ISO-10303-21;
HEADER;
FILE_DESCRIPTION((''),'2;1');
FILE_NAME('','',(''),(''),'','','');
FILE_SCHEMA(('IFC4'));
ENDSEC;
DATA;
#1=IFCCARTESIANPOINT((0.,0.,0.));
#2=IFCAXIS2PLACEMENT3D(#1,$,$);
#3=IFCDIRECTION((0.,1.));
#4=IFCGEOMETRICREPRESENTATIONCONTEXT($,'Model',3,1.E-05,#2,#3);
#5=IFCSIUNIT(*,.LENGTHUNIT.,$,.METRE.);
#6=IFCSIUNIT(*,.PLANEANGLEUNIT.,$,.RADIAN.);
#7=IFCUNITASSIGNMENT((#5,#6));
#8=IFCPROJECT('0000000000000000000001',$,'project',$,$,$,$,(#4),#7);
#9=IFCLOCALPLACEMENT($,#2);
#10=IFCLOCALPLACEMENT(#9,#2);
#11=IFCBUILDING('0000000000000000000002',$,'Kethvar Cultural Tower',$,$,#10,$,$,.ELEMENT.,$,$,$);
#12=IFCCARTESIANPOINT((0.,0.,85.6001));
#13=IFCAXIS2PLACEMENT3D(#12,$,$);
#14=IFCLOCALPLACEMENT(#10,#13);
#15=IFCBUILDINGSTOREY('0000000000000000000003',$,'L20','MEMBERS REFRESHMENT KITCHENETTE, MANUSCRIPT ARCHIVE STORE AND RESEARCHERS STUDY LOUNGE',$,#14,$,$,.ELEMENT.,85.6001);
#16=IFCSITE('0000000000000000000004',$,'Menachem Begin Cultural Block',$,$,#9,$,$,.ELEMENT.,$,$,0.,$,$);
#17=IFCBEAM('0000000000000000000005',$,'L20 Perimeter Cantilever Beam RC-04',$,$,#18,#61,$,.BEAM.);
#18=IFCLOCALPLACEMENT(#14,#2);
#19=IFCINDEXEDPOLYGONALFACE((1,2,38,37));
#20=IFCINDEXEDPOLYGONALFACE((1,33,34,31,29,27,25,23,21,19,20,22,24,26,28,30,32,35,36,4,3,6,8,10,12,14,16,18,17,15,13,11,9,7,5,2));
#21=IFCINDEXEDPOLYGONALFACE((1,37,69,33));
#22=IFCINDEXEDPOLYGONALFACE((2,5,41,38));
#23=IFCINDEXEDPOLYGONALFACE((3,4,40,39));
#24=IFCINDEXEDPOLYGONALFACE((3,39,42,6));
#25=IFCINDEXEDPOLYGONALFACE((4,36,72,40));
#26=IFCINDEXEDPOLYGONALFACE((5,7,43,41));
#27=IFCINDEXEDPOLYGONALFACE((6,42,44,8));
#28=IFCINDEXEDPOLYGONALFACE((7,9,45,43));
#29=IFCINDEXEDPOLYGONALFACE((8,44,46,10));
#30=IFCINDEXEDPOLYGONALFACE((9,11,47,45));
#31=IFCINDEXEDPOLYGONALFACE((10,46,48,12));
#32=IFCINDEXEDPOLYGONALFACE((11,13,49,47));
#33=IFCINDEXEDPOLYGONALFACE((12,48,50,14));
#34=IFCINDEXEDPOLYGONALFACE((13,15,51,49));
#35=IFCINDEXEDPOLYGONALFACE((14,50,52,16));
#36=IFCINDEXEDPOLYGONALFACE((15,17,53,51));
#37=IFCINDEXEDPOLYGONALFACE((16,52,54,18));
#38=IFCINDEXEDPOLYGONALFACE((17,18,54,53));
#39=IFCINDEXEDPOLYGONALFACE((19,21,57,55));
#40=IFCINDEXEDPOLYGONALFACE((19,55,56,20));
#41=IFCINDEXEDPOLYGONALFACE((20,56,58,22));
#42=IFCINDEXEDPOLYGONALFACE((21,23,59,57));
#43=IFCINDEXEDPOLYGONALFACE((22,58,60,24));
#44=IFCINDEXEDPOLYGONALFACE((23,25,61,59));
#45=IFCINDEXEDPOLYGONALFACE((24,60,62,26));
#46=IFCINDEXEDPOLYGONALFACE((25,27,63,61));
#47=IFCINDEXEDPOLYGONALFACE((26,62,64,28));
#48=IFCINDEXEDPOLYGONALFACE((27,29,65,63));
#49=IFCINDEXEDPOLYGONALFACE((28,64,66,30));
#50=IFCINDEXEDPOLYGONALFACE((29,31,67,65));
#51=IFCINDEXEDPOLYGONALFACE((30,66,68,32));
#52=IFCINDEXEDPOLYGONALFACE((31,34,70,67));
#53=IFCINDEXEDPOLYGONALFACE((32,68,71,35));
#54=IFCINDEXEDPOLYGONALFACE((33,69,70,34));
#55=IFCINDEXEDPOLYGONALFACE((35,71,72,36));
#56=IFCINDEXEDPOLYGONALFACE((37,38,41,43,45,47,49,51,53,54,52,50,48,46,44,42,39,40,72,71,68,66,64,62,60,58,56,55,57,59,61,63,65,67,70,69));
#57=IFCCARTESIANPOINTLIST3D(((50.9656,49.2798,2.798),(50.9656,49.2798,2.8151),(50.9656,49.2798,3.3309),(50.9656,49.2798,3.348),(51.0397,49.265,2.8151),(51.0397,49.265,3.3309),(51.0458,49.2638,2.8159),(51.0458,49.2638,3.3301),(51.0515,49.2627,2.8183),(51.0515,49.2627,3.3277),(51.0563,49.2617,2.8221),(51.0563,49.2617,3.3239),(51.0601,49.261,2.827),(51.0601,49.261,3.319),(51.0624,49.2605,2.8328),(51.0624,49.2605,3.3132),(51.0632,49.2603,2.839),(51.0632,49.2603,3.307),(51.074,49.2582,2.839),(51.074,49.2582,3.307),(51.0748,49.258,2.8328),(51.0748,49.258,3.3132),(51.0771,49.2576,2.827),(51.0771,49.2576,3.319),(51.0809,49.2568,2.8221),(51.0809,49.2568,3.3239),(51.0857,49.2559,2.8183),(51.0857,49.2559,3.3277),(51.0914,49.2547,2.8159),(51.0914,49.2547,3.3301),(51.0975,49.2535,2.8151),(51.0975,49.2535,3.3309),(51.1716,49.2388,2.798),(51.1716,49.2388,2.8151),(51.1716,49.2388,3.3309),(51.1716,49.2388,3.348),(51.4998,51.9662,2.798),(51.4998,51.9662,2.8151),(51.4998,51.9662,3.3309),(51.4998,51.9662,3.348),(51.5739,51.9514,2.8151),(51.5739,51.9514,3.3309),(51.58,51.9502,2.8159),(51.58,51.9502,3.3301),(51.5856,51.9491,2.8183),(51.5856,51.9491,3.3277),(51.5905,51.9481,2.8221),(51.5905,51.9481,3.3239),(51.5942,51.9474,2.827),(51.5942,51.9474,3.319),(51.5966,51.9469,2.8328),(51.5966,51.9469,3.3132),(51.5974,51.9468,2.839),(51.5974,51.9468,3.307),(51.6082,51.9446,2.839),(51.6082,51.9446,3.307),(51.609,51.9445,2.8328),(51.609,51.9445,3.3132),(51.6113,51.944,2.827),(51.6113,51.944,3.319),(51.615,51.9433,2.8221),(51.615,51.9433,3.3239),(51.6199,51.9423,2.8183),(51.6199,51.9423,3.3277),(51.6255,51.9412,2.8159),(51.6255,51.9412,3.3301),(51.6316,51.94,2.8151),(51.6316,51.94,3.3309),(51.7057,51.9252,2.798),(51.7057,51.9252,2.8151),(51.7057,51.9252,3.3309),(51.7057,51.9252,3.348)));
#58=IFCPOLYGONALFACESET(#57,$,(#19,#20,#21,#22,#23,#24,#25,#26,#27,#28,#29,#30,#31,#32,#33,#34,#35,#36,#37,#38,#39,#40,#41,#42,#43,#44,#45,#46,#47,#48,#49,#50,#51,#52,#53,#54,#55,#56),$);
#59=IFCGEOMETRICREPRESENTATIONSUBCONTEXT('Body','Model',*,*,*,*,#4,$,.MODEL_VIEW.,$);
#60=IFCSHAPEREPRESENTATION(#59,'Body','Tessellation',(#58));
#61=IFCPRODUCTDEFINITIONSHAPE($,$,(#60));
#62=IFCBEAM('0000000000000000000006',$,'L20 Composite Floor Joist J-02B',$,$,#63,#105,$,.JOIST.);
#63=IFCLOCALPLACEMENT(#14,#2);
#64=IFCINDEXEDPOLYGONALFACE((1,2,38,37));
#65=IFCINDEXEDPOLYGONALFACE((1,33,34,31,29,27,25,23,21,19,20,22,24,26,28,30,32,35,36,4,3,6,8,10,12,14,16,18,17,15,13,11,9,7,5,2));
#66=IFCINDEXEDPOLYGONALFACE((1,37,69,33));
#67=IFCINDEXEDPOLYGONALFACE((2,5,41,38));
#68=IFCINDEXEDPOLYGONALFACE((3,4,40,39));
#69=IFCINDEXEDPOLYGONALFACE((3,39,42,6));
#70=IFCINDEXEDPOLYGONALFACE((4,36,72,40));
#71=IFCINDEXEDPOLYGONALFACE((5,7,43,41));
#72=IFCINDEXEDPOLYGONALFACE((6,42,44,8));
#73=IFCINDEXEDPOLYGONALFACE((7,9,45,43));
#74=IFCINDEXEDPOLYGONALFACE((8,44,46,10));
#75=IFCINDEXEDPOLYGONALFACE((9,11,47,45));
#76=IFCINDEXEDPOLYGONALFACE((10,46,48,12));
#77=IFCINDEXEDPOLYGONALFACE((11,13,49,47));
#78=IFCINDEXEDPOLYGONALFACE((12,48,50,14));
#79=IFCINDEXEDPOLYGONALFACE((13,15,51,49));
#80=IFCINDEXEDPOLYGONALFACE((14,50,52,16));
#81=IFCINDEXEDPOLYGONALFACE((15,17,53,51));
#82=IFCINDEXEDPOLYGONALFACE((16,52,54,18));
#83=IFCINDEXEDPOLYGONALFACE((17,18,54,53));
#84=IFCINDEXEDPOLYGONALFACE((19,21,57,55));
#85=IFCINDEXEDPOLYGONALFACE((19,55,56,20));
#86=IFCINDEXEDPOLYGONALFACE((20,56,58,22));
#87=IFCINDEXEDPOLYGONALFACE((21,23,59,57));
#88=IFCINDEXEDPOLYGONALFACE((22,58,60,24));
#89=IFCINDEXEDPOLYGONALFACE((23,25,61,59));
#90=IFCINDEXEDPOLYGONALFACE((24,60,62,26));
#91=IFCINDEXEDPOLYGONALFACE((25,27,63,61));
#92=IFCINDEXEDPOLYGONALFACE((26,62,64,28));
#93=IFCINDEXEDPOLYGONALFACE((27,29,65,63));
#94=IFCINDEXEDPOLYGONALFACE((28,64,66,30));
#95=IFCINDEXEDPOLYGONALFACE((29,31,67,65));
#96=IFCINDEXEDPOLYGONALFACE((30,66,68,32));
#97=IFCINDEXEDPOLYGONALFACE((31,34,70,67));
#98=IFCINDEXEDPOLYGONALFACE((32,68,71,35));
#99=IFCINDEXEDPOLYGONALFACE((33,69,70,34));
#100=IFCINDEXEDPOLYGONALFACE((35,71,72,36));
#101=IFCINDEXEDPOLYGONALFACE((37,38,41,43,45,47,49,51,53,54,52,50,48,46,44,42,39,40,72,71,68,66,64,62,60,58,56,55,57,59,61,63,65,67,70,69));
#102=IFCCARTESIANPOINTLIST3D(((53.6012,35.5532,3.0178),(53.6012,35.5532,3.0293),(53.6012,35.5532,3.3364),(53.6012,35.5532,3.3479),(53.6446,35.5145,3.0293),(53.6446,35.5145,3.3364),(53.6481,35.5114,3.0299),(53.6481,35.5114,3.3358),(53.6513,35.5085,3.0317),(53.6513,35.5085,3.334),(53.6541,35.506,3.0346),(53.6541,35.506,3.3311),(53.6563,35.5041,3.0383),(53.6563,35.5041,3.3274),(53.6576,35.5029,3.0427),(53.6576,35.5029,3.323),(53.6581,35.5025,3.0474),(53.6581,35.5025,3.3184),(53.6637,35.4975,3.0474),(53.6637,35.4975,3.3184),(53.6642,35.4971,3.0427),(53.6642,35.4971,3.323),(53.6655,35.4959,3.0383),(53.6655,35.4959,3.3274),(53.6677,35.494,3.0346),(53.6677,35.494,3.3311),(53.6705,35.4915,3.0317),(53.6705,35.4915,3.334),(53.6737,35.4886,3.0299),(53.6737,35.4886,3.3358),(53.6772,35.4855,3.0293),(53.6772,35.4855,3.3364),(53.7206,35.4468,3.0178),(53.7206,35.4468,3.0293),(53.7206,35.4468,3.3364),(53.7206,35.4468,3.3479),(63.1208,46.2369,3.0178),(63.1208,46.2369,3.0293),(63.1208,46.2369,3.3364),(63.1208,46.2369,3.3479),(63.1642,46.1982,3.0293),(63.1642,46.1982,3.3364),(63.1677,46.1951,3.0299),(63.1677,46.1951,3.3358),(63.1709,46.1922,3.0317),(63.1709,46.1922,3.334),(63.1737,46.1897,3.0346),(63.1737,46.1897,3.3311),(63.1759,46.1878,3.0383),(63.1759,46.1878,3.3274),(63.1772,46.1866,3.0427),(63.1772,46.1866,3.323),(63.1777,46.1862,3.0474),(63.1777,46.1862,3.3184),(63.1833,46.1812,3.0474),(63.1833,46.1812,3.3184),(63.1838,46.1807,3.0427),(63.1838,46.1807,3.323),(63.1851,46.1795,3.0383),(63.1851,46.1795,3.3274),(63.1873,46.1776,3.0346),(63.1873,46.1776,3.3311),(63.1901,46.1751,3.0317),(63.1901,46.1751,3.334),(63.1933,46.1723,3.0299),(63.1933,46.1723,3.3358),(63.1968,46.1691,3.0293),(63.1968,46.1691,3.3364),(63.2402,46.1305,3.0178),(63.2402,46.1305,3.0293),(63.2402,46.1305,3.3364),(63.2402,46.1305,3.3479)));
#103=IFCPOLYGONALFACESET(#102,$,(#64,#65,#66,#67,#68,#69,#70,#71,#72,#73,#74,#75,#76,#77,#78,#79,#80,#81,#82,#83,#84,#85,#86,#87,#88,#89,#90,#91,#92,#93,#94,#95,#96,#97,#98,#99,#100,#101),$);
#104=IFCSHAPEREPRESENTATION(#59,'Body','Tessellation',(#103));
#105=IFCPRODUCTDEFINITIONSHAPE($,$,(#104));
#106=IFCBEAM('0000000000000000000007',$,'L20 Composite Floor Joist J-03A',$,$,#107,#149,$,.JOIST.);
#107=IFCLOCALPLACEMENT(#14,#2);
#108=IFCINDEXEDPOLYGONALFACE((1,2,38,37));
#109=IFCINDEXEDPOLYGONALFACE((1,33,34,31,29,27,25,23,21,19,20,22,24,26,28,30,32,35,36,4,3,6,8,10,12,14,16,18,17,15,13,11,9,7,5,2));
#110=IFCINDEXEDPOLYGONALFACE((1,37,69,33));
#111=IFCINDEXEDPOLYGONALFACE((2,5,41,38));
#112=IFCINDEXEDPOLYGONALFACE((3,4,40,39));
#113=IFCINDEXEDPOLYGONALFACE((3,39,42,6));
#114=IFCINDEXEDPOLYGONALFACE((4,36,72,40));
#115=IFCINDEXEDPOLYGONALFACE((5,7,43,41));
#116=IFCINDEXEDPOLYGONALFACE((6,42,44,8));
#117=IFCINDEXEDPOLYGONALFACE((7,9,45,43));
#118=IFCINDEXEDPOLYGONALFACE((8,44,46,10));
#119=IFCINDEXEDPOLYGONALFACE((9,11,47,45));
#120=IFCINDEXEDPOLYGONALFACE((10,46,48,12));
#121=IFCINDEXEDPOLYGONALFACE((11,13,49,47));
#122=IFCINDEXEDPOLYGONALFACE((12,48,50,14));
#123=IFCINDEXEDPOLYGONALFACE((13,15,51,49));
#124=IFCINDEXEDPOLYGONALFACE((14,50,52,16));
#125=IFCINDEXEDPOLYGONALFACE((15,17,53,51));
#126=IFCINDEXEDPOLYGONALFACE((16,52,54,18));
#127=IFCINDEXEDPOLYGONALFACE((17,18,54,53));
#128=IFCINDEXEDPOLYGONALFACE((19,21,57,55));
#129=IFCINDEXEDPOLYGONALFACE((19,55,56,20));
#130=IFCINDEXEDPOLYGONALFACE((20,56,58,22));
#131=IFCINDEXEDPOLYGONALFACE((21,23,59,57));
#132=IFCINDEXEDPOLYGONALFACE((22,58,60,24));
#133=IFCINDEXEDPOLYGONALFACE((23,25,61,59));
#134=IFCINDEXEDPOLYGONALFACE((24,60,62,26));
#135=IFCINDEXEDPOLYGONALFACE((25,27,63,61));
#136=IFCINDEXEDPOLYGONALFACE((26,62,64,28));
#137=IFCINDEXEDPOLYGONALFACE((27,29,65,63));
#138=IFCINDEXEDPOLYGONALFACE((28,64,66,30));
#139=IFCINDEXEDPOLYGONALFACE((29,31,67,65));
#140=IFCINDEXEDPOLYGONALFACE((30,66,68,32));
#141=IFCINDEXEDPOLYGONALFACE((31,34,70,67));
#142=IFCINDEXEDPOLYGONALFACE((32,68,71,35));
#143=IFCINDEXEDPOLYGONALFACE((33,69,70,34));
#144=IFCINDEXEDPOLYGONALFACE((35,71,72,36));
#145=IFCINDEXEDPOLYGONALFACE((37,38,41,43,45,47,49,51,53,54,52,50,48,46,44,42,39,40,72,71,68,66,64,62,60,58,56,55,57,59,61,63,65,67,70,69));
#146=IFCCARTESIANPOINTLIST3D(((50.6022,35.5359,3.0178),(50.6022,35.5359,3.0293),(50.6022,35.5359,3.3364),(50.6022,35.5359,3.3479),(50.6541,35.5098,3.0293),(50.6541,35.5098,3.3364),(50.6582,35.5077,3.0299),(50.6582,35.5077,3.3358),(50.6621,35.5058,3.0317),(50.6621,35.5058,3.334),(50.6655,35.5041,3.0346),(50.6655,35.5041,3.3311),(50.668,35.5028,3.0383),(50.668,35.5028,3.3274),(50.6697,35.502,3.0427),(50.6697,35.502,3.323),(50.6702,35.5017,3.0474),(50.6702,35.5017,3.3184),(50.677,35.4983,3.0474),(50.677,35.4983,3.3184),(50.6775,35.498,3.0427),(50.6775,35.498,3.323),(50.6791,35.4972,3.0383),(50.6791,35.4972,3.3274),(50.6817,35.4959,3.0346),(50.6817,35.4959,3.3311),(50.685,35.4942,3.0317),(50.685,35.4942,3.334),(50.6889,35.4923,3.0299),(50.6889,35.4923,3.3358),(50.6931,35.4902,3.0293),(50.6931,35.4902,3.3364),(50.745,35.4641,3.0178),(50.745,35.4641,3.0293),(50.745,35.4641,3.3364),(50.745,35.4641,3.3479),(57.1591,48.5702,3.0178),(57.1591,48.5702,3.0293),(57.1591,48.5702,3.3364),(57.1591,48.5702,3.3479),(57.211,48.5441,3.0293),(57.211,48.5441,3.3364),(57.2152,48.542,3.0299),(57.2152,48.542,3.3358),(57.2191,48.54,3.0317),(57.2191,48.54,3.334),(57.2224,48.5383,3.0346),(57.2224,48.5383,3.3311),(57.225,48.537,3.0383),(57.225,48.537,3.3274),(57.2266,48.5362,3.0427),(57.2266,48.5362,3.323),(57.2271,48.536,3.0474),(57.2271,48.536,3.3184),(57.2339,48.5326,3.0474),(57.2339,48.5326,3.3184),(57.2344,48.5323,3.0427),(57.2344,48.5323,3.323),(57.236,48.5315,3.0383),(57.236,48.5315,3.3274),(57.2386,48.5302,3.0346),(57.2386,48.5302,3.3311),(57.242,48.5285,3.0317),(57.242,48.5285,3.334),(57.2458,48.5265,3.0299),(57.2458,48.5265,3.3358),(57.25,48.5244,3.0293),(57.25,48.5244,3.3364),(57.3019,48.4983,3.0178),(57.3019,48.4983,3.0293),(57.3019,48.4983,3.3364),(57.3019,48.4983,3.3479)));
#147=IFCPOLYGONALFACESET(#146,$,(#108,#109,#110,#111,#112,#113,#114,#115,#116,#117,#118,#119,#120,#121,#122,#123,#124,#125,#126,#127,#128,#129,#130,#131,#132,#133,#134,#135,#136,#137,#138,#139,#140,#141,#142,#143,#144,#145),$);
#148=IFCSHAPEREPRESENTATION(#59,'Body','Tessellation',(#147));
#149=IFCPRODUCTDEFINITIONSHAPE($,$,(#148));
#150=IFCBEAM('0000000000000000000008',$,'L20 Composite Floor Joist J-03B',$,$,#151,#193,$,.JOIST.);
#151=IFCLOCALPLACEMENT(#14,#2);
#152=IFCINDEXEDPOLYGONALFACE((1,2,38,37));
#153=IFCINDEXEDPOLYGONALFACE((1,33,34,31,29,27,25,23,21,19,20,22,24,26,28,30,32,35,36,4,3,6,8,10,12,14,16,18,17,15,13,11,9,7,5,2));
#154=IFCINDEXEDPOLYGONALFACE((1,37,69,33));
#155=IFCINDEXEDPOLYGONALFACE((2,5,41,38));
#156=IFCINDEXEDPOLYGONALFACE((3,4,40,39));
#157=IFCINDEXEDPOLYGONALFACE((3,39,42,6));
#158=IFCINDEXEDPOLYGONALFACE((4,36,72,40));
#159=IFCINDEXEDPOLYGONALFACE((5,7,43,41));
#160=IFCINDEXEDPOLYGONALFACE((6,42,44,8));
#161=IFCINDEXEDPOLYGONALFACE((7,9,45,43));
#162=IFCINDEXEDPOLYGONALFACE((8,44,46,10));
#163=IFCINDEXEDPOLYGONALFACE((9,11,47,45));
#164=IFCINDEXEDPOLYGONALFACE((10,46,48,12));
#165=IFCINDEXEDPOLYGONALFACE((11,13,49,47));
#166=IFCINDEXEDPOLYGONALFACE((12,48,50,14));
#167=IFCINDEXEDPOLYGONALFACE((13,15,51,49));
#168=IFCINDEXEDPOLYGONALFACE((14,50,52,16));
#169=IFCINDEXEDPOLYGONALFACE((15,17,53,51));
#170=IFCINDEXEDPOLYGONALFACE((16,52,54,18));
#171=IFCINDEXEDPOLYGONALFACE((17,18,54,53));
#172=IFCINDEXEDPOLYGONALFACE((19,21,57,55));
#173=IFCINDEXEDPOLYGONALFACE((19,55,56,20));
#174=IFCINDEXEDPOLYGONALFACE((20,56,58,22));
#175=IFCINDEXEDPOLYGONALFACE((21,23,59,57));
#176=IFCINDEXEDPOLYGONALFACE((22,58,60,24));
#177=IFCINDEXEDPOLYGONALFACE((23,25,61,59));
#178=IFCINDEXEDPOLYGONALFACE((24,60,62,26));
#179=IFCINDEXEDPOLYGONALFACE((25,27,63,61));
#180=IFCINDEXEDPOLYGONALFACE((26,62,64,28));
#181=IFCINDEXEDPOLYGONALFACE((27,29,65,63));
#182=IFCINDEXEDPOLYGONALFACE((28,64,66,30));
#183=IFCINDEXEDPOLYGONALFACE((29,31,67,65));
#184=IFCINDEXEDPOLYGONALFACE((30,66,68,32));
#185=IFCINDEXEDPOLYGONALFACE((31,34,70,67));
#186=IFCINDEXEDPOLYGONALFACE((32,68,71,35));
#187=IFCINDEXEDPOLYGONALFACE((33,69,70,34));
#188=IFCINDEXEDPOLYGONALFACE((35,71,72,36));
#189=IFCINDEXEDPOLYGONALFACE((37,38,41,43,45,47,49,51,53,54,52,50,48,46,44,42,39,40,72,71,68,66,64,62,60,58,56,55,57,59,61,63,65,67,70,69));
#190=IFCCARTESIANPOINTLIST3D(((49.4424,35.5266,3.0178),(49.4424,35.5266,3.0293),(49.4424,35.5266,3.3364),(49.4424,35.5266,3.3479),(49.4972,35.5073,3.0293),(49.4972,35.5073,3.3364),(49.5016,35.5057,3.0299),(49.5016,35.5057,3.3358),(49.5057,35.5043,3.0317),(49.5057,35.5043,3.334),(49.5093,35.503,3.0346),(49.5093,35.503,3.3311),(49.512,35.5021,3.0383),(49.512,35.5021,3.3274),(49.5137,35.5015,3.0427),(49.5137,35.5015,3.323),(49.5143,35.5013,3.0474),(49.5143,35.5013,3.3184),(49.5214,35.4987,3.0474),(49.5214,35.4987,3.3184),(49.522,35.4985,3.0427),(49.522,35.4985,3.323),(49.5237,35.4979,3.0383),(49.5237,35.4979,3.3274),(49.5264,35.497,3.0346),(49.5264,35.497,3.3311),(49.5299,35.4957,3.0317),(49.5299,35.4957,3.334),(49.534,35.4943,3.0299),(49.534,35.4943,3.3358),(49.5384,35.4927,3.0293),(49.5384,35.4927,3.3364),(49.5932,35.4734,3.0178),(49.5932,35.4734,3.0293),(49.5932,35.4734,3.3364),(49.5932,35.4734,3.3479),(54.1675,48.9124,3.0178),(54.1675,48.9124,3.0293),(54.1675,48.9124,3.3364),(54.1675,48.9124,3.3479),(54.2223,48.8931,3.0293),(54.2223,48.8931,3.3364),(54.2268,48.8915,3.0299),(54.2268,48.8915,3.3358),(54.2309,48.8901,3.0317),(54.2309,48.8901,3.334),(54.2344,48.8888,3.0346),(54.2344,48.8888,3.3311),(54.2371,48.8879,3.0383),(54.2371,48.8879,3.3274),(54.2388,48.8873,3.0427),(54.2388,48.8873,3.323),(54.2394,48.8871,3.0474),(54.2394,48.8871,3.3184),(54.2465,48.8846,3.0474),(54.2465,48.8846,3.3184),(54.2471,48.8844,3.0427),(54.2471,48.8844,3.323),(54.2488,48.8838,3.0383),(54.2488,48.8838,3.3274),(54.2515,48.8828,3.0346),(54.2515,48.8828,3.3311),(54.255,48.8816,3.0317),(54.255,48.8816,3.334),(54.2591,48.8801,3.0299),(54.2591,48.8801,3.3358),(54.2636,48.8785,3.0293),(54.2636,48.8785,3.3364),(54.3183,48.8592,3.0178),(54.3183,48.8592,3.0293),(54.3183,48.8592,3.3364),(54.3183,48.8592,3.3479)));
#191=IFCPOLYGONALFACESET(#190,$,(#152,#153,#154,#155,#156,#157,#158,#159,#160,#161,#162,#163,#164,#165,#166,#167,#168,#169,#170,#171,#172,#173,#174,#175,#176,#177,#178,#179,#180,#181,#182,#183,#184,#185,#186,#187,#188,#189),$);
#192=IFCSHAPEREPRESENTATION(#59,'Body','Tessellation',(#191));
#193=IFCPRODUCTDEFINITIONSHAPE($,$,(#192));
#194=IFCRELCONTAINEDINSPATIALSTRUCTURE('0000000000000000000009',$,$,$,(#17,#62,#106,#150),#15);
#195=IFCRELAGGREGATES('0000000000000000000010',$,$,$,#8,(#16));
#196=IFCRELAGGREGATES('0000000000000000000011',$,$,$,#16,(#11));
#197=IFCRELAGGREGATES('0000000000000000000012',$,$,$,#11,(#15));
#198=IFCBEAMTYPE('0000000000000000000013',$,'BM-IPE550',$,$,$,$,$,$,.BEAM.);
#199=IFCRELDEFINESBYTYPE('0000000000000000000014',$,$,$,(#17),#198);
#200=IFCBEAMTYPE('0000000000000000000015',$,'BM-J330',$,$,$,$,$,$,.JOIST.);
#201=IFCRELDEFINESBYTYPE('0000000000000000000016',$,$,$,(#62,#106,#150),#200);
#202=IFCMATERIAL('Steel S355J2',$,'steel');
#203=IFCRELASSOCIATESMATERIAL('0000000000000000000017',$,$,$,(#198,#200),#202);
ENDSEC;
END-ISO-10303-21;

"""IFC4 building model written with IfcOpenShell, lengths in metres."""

from ifc_helpers import new_model, si_unit, direction, frame, origin, origin_2d, place, context, subcontext, project, spatial, i_section, extrude, source, transform, mapped, material, material_profile, profile_set, type_object, element, save


model = new_model("IFC4")

# Units and contexts
model_context = context("Model", 3, precision=1e-05, world=origin(), true_north=direction((0.0, 1.0)))
body_context = subcontext(model_context, "Body", "Model", "MODEL_VIEW")
ifc_project = project(units=[si_unit("LENGTHUNIT", "METRE"), si_unit("PLANEANGLEUNIT", "RADIAN")], contexts=[model_context])

# Site, building, storey
site_placement = place(None, origin())
site = spatial("IfcSite", under=ifc_project, at=site_placement, Name="Menachem Begin Cultural Block", CompositionType="ELEMENT", RefElevation=0.0)
building_placement = place(site_placement, origin())
building = spatial("IfcBuilding", under=site, at=building_placement, Name="Kethvar Cultural Tower", CompositionType="ELEMENT")
storey_placement = place(building_placement, frame((0.0, 0.0, 85.6001)))
storey = spatial("IfcBuildingStorey", under=building, at=storey_placement, Name="L20", Description="MEMBERS REFRESHMENT KITCHENETTE, MANUSCRIPT ARCHIVE STORE AND RESEARCHERS STUDY LOUNGE", CompositionType="ELEMENT", Elevation=85.6001)

# Beams
ifc_material_1 = material(Name="Steel S355J2", Category="steel")
ifc_material_profile_1 = material_profile(ifc_material_1, i_section(OverallWidth=0.21, OverallDepth=0.55, WebThickness=0.011, FlangeThickness=0.0171, FilletRadius=0.0239, at=origin_2d()), Name="Steel S355J2 — IPE550")
ifc_profile_set_1 = profile_set([ifc_material_profile_1], Name="Steel S355J2 — IPE550")
beam_type_1 = type_object("IfcBeamType", Name="BM-IPE550", PredefinedType="BEAM", material=ifc_profile_set_1)
shared_shape_1 = source(origin(), body_context, "Body", "SweptSolid", [
    extrude(i_section(OverallWidth=0.21, OverallDepth=0.55, WebThickness=0.011, FlangeThickness=0.0171, FilletRadius=0.0239, at=origin_2d()), origin(), (0.0, 0.0, 1.0), 2.739),
])
beam_1_placement = place(storey_placement, frame((51.0686, 49.2593, 3.073), z_axis=(0.195019, 0.980799, 0.0), x_axis=(-0.980799, 0.195019, 0.0)))
element("IfcBeam", 1, at=beam_1_placement, inside=storey, type_object=beam_type_1, Name="L20 Perimeter Cantilever Beam RC-04", PredefinedType="BEAM", context=body_context, shape_type="MappedRepresentation", body=[
    mapped(shared_shape_1, transform((0.0, 0.0, 0.0), scale=1.0)),
])
ifc_material_profile_2 = material_profile(ifc_material_1, i_section(OverallWidth=0.1599, OverallDepth=0.3301, WebThickness=0.0076, FlangeThickness=0.0115, FilletRadius=0.0181, at=origin_2d()), Name="Steel S355J2 — IPE330")
ifc_profile_set_2 = profile_set([ifc_material_profile_2], Name="Steel S355J2 — IPE330")
beam_type_2 = type_object("IfcBeamType", Name="BM-J330", PredefinedType="JOIST", material=ifc_profile_set_2)
shared_shape_2 = source(origin(), body_context, "Body", "SweptSolid", [
    extrude(i_section(OverallWidth=0.1599, OverallDepth=0.3301, WebThickness=0.0076, FlangeThickness=0.0115, FilletRadius=0.0181, at=origin_2d()), origin(), (0.0, 0.0, 1.0), 14.3096),
])
beam_2_placement = place(storey_placement, frame((53.6609, 35.5, 3.1829), z_axis=(0.665261, 0.746611, 0.0), x_axis=(-0.746611, 0.665261, 0.0)))
element("IfcBeam", 2, at=beam_2_placement, inside=storey, type_object=beam_type_2, Name="L20 Composite Floor Joist J-02B", PredefinedType="JOIST", context=body_context, shape_type="MappedRepresentation", body=[
    mapped(shared_shape_2, transform((0.0, 0.0, 0.0), scale=1.0)),
])
shared_shape_3 = source(origin(), body_context, "Body", "SweptSolid", [
    extrude(i_section(OverallWidth=0.1599, OverallDepth=0.3301, WebThickness=0.0076, FlangeThickness=0.0115, FilletRadius=0.0181, at=origin_2d()), origin(), (0.0, 0.0, 1.0), 14.5906),
])
beam_3_placement = place(storey_placement, frame((50.6736, 35.5, 3.1829), z_axis=(0.449394, 0.893334, 0.0), x_axis=(-0.893334, 0.449394, 0.0)))
element("IfcBeam", 3, at=beam_3_placement, inside=storey, type_object=beam_type_2, Name="L20 Composite Floor Joist J-03A", PredefinedType="JOIST", context=body_context, shape_type="MappedRepresentation", body=[
    mapped(shared_shape_3, transform((0.0, 0.0, 0.0), scale=1.0)),
])
shared_shape_4 = source(origin(), body_context, "Body", "SweptSolid", [
    extrude(i_section(OverallWidth=0.1599, OverallDepth=0.3301, WebThickness=0.0076, FlangeThickness=0.0115, FilletRadius=0.0181, at=origin_2d()), origin(), (0.0, 0.0, 1.0), 14.1953),
])
beam_4_placement = place(storey_placement, frame((49.5178, 35.5, 3.1829), z_axis=(0.332865, 0.942974, 0.0), x_axis=(-0.942974, 0.332865, 0.0)))
element("IfcBeam", 4, at=beam_4_placement, inside=storey, type_object=beam_type_2, Name="L20 Composite Floor Joist J-03B", PredefinedType="JOIST", context=body_context, shape_type="MappedRepresentation", body=[
    mapped(shared_shape_4, transform((0.0, 0.0, 0.0), scale=1.0)),
])

save(model, "model.ifc")
